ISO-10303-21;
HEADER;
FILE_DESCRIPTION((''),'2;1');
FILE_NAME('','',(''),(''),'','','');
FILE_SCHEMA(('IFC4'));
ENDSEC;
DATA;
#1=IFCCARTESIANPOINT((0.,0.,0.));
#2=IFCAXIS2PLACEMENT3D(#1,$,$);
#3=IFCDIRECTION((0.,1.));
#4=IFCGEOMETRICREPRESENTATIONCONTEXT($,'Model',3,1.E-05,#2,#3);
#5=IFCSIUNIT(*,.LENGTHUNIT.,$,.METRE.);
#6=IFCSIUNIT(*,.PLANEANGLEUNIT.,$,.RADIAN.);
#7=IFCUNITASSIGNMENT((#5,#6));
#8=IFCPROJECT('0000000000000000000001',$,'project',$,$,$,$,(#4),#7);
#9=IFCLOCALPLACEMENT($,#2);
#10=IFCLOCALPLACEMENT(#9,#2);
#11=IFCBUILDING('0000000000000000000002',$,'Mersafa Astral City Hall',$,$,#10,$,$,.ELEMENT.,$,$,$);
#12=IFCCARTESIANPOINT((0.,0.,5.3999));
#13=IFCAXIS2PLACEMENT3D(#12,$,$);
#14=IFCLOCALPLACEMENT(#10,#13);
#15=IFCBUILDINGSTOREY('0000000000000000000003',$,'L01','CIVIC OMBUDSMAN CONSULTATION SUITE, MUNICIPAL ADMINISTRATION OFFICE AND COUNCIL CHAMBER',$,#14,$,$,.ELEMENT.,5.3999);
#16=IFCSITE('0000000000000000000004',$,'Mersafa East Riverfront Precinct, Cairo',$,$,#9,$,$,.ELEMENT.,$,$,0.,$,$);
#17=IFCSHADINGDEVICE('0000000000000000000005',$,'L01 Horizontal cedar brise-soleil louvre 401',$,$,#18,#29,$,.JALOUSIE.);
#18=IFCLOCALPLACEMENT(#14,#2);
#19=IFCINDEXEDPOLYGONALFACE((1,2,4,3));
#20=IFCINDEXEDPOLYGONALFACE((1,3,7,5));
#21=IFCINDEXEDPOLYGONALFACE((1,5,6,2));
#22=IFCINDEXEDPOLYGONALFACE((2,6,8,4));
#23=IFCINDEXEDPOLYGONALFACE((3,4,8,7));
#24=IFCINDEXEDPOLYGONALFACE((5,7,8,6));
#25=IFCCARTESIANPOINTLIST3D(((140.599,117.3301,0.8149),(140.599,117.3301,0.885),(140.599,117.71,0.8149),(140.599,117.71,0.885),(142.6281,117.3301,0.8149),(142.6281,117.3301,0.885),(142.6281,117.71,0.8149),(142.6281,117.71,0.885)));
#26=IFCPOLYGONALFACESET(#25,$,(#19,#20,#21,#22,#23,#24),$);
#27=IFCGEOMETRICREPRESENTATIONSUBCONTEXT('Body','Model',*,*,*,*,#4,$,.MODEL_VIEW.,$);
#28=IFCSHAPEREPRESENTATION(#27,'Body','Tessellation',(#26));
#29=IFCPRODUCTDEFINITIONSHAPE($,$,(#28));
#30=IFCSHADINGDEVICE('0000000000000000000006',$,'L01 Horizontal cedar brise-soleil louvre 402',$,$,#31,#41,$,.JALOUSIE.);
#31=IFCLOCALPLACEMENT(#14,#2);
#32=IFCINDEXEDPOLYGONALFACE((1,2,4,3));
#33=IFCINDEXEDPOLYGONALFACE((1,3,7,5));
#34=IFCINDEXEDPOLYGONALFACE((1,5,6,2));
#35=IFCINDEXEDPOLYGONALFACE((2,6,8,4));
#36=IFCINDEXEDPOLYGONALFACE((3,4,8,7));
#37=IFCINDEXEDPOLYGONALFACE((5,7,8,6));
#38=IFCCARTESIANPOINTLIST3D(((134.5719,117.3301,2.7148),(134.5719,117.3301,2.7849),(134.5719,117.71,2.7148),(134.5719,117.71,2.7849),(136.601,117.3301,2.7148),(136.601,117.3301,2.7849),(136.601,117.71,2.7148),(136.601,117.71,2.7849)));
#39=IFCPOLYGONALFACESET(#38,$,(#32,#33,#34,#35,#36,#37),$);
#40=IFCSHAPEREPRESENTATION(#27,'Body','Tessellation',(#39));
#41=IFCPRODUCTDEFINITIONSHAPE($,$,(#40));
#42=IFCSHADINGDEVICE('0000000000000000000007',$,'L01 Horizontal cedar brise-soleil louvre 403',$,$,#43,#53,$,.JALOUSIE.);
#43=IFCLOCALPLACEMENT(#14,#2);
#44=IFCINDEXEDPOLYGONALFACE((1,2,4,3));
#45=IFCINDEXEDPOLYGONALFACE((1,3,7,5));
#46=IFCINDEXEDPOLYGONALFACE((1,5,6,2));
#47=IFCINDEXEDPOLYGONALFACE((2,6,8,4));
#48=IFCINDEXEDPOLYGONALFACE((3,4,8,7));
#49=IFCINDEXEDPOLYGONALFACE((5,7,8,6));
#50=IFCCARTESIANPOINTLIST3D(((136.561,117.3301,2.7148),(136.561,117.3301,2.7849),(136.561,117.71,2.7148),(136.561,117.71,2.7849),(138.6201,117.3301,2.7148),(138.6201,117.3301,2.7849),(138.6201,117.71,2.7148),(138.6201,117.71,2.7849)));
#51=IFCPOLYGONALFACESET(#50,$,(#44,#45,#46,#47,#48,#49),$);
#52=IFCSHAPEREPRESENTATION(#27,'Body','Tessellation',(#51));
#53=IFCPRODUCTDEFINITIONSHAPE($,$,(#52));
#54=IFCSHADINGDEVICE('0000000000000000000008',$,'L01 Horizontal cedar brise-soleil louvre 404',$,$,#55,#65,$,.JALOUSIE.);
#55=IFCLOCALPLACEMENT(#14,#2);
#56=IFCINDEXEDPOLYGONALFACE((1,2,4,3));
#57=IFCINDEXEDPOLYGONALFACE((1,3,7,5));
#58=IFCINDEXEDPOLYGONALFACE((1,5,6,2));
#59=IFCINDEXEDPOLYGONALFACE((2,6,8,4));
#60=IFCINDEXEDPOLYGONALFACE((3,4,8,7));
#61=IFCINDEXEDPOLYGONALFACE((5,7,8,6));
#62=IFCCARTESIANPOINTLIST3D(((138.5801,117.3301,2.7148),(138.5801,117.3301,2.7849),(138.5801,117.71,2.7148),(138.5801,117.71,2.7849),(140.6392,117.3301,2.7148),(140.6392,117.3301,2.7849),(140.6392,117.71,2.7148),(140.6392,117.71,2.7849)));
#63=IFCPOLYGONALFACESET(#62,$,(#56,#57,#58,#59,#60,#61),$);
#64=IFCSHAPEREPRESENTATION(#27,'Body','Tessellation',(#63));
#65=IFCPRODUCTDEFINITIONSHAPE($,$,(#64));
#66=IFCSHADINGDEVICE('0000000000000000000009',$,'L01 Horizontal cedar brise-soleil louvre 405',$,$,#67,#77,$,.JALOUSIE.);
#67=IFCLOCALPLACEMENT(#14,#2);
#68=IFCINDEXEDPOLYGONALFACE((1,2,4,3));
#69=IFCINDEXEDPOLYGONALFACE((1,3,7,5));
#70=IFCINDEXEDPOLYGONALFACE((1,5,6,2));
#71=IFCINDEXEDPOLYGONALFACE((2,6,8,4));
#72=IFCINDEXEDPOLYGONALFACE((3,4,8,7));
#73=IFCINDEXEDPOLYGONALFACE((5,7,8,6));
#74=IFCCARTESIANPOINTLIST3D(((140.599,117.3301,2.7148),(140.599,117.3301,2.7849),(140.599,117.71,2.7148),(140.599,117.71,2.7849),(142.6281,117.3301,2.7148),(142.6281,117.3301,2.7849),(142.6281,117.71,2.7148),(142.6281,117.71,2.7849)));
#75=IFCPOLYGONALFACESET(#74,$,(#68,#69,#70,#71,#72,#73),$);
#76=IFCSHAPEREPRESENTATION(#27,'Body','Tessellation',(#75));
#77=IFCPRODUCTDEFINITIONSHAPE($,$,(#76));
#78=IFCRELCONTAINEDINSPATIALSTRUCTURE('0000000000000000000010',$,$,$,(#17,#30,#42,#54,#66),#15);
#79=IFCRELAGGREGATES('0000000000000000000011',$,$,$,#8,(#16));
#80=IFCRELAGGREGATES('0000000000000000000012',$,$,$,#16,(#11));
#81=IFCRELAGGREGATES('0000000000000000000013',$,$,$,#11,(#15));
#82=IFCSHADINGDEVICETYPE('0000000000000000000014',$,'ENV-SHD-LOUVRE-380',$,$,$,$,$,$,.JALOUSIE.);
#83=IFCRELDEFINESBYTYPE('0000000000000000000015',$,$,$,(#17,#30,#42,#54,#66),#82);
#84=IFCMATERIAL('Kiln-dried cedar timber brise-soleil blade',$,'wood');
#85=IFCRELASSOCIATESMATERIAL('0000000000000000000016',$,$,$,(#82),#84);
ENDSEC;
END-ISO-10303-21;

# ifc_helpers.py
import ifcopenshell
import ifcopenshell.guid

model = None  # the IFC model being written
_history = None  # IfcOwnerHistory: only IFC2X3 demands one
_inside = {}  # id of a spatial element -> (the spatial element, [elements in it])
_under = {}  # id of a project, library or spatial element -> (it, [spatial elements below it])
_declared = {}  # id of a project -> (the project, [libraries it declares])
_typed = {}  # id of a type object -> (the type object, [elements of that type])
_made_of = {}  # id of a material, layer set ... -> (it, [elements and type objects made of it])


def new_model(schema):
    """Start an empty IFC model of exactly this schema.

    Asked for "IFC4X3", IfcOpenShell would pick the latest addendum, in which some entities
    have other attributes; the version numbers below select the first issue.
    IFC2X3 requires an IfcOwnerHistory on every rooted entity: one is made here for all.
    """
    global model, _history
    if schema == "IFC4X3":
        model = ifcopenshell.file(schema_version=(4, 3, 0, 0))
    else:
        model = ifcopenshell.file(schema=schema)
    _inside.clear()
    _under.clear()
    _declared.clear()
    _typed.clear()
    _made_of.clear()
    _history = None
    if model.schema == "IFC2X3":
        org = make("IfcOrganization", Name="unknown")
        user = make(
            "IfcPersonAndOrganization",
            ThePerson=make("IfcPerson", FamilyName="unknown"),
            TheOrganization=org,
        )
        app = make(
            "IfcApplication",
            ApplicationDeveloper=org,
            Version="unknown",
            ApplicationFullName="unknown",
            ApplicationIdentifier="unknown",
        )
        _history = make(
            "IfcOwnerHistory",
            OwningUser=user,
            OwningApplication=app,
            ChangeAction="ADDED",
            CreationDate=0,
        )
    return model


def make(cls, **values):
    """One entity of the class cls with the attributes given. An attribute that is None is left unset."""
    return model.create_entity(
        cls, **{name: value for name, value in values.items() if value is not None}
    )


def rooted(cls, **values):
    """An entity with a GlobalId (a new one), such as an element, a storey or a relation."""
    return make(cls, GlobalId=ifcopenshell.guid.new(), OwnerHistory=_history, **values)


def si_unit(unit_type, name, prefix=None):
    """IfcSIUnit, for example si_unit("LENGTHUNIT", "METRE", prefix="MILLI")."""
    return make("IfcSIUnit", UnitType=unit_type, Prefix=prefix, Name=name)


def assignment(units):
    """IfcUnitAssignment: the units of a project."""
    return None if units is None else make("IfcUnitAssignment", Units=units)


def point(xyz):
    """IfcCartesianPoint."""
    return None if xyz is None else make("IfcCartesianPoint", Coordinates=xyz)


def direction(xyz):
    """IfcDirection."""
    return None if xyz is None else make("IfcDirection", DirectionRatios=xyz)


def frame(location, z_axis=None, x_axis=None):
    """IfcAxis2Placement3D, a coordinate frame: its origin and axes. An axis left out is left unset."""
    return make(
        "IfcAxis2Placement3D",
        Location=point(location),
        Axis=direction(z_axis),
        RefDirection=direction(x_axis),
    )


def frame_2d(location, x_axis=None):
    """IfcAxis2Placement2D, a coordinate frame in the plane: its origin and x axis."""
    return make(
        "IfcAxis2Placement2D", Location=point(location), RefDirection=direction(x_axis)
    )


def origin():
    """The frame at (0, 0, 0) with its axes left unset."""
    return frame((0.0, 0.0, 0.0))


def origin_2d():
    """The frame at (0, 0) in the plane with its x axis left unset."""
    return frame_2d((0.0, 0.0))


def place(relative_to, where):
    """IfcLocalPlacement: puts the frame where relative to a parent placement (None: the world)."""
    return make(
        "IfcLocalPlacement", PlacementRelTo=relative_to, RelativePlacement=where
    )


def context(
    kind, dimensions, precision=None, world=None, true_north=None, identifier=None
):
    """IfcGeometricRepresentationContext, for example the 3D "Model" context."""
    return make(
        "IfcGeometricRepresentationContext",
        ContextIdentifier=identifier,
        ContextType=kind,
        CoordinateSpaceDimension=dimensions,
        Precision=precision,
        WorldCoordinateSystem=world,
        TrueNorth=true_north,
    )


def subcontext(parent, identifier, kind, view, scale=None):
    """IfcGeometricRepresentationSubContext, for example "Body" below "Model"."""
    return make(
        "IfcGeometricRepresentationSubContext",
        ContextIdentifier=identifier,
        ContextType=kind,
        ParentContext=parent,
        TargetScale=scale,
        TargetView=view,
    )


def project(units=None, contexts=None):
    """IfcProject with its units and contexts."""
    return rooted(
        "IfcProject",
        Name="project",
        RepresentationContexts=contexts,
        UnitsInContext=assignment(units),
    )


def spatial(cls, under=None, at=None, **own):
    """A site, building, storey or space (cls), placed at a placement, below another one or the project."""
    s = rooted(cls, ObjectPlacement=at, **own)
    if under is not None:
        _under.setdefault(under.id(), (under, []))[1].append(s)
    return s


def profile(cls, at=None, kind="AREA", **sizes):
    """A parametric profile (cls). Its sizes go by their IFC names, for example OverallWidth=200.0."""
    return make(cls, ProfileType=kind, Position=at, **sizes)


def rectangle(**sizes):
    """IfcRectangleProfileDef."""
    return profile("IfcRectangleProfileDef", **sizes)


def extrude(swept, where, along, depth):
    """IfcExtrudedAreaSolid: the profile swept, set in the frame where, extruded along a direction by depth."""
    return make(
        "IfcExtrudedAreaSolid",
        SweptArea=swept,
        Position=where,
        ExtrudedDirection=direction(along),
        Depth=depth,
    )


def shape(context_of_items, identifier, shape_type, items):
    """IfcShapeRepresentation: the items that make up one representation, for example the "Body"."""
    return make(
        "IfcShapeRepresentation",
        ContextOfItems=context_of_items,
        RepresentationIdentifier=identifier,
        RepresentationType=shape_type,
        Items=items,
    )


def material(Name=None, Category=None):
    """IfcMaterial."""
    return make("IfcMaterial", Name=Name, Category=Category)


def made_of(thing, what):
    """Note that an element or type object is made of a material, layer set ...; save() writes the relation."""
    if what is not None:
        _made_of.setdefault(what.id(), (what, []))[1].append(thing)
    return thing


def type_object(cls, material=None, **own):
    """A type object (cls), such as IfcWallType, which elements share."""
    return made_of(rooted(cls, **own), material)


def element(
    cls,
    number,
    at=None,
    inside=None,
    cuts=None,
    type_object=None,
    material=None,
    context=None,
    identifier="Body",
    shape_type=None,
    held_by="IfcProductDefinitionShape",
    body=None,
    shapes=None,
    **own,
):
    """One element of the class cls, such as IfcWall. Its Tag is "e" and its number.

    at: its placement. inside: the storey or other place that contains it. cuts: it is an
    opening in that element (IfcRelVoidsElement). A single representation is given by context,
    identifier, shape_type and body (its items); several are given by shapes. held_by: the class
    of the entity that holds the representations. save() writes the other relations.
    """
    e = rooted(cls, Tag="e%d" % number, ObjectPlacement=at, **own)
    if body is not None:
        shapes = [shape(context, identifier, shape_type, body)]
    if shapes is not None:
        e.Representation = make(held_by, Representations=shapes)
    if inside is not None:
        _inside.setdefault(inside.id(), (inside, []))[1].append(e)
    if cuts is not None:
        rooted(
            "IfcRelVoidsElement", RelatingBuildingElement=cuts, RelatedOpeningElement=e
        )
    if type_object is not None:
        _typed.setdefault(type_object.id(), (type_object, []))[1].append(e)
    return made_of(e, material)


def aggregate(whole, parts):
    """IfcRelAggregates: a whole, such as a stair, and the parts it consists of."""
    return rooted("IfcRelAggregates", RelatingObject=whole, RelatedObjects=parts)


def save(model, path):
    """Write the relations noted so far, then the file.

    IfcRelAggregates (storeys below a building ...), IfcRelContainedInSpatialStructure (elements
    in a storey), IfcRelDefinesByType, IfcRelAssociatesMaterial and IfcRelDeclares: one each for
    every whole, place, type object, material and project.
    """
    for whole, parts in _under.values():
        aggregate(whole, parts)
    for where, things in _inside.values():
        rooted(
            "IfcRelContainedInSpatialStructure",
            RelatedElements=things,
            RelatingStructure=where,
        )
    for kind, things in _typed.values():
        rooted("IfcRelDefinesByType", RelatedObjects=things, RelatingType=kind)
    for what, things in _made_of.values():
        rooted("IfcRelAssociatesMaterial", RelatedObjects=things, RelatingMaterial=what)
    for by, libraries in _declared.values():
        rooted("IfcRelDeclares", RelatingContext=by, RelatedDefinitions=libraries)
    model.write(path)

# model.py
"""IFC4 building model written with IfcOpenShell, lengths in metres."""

from ifc_helpers import new_model, si_unit, direction, frame, origin, origin_2d, place, context, subcontext, project, spatial, rectangle, extrude, material, type_object, element, save


model = new_model("IFC4")

# Units and contexts
model_context = context("Model", 3, precision=1e-05, world=origin(), true_north=direction((0.0, 1.0)))
body_context = subcontext(model_context, "Body", "Model", "MODEL_VIEW")
ifc_project = project(units=[si_unit("LENGTHUNIT", "METRE"), si_unit("PLANEANGLEUNIT", "RADIAN")], contexts=[model_context])

# Site, building, storey
site_placement = place(None, origin())
site = spatial("IfcSite", under=ifc_project, at=site_placement, Name="Mersafa East Riverfront Precinct, Cairo", CompositionType="ELEMENT", RefElevation=0.0)
building_placement = place(site_placement, origin())
building = spatial("IfcBuilding", under=site, at=building_placement, Name="Mersafa Astral City Hall", CompositionType="ELEMENT")
storey_placement = place(building_placement, frame((0.0, 0.0, 5.3999)))
storey = spatial("IfcBuildingStorey", under=building, at=storey_placement, Name="L01", Description="CIVIC OMBUDSMAN CONSULTATION SUITE, MUNICIPAL ADMINISTRATION OFFICE AND COUNCIL CHAMBER", CompositionType="ELEMENT", Elevation=5.3999)

# Shading devices
ifc_material_1 = material(Name="Kiln-dried cedar timber brise-soleil blade", Category="wood")
shading_device_type = type_object("IfcShadingDeviceType", Name="ENV-SHD-LOUVRE-380", PredefinedType="JALOUSIE", material=ifc_material_1)
for number, where, z_axis, x_axis, name in (
    (1, (141.6135, 117.52, 0.8149), (0.0, 0.0, 1.0), (1.0, 0.0, 0.0), "L01 Horizontal cedar brise-soleil louvre 401"),
    (2, (135.5864, 117.52, 2.7148), (0.0, 0.0, 1.0), (1.0, 0.0, 0.0), "L01 Horizontal cedar brise-soleil louvre 402"),
):
    element("IfcShadingDevice", number, at=place(storey_placement, frame(where, z_axis=z_axis, x_axis=x_axis)), inside=storey, type_object=shading_device_type, Name=name, PredefinedType="JALOUSIE", context=body_context, shape_type="SweptSolid", body=[
        extrude(rectangle(XDim=2.0291, YDim=0.3799, at=origin_2d()), origin(), (0.0, 0.0, 1.0), 0.0701),
    ])
for number, where, z_axis, x_axis, name in (
    (3, (137.5906, 117.52, 2.7148), (0.0, 0.0, 1.0), (1.0, 0.0, 0.0), "L01 Horizontal cedar brise-soleil louvre 403"),
    (4, (139.6096, 117.52, 2.7148), (0.0, 0.0, 1.0), (1.0, 0.0, 0.0), "L01 Horizontal cedar brise-soleil louvre 404"),
):
    element("IfcShadingDevice", number, at=place(storey_placement, frame(where, z_axis=z_axis, x_axis=x_axis)), inside=storey, type_object=shading_device_type, Name=name, PredefinedType="JALOUSIE", context=body_context, shape_type="SweptSolid", body=[
        extrude(rectangle(XDim=2.0591, YDim=0.3799, at=origin_2d()), origin(), (0.0, 0.0, 1.0), 0.0701),
    ])
shading_device_1_placement = place(storey_placement, frame((141.6135, 117.52, 2.7148), z_axis=(0.0, 0.0, 1.0), x_axis=(1.0, 0.0, 0.0)))
element("IfcShadingDevice", 5, at=shading_device_1_placement, inside=storey, type_object=shading_device_type, Name="L01 Horizontal cedar brise-soleil louvre 405", PredefinedType="JALOUSIE", context=body_context, shape_type="SweptSolid", body=[
    extrude(rectangle(XDim=2.0291, YDim=0.3799, at=origin_2d()), origin(), (0.0, 0.0, 1.0), 0.0701),
])

save(model, "model.ifc")
